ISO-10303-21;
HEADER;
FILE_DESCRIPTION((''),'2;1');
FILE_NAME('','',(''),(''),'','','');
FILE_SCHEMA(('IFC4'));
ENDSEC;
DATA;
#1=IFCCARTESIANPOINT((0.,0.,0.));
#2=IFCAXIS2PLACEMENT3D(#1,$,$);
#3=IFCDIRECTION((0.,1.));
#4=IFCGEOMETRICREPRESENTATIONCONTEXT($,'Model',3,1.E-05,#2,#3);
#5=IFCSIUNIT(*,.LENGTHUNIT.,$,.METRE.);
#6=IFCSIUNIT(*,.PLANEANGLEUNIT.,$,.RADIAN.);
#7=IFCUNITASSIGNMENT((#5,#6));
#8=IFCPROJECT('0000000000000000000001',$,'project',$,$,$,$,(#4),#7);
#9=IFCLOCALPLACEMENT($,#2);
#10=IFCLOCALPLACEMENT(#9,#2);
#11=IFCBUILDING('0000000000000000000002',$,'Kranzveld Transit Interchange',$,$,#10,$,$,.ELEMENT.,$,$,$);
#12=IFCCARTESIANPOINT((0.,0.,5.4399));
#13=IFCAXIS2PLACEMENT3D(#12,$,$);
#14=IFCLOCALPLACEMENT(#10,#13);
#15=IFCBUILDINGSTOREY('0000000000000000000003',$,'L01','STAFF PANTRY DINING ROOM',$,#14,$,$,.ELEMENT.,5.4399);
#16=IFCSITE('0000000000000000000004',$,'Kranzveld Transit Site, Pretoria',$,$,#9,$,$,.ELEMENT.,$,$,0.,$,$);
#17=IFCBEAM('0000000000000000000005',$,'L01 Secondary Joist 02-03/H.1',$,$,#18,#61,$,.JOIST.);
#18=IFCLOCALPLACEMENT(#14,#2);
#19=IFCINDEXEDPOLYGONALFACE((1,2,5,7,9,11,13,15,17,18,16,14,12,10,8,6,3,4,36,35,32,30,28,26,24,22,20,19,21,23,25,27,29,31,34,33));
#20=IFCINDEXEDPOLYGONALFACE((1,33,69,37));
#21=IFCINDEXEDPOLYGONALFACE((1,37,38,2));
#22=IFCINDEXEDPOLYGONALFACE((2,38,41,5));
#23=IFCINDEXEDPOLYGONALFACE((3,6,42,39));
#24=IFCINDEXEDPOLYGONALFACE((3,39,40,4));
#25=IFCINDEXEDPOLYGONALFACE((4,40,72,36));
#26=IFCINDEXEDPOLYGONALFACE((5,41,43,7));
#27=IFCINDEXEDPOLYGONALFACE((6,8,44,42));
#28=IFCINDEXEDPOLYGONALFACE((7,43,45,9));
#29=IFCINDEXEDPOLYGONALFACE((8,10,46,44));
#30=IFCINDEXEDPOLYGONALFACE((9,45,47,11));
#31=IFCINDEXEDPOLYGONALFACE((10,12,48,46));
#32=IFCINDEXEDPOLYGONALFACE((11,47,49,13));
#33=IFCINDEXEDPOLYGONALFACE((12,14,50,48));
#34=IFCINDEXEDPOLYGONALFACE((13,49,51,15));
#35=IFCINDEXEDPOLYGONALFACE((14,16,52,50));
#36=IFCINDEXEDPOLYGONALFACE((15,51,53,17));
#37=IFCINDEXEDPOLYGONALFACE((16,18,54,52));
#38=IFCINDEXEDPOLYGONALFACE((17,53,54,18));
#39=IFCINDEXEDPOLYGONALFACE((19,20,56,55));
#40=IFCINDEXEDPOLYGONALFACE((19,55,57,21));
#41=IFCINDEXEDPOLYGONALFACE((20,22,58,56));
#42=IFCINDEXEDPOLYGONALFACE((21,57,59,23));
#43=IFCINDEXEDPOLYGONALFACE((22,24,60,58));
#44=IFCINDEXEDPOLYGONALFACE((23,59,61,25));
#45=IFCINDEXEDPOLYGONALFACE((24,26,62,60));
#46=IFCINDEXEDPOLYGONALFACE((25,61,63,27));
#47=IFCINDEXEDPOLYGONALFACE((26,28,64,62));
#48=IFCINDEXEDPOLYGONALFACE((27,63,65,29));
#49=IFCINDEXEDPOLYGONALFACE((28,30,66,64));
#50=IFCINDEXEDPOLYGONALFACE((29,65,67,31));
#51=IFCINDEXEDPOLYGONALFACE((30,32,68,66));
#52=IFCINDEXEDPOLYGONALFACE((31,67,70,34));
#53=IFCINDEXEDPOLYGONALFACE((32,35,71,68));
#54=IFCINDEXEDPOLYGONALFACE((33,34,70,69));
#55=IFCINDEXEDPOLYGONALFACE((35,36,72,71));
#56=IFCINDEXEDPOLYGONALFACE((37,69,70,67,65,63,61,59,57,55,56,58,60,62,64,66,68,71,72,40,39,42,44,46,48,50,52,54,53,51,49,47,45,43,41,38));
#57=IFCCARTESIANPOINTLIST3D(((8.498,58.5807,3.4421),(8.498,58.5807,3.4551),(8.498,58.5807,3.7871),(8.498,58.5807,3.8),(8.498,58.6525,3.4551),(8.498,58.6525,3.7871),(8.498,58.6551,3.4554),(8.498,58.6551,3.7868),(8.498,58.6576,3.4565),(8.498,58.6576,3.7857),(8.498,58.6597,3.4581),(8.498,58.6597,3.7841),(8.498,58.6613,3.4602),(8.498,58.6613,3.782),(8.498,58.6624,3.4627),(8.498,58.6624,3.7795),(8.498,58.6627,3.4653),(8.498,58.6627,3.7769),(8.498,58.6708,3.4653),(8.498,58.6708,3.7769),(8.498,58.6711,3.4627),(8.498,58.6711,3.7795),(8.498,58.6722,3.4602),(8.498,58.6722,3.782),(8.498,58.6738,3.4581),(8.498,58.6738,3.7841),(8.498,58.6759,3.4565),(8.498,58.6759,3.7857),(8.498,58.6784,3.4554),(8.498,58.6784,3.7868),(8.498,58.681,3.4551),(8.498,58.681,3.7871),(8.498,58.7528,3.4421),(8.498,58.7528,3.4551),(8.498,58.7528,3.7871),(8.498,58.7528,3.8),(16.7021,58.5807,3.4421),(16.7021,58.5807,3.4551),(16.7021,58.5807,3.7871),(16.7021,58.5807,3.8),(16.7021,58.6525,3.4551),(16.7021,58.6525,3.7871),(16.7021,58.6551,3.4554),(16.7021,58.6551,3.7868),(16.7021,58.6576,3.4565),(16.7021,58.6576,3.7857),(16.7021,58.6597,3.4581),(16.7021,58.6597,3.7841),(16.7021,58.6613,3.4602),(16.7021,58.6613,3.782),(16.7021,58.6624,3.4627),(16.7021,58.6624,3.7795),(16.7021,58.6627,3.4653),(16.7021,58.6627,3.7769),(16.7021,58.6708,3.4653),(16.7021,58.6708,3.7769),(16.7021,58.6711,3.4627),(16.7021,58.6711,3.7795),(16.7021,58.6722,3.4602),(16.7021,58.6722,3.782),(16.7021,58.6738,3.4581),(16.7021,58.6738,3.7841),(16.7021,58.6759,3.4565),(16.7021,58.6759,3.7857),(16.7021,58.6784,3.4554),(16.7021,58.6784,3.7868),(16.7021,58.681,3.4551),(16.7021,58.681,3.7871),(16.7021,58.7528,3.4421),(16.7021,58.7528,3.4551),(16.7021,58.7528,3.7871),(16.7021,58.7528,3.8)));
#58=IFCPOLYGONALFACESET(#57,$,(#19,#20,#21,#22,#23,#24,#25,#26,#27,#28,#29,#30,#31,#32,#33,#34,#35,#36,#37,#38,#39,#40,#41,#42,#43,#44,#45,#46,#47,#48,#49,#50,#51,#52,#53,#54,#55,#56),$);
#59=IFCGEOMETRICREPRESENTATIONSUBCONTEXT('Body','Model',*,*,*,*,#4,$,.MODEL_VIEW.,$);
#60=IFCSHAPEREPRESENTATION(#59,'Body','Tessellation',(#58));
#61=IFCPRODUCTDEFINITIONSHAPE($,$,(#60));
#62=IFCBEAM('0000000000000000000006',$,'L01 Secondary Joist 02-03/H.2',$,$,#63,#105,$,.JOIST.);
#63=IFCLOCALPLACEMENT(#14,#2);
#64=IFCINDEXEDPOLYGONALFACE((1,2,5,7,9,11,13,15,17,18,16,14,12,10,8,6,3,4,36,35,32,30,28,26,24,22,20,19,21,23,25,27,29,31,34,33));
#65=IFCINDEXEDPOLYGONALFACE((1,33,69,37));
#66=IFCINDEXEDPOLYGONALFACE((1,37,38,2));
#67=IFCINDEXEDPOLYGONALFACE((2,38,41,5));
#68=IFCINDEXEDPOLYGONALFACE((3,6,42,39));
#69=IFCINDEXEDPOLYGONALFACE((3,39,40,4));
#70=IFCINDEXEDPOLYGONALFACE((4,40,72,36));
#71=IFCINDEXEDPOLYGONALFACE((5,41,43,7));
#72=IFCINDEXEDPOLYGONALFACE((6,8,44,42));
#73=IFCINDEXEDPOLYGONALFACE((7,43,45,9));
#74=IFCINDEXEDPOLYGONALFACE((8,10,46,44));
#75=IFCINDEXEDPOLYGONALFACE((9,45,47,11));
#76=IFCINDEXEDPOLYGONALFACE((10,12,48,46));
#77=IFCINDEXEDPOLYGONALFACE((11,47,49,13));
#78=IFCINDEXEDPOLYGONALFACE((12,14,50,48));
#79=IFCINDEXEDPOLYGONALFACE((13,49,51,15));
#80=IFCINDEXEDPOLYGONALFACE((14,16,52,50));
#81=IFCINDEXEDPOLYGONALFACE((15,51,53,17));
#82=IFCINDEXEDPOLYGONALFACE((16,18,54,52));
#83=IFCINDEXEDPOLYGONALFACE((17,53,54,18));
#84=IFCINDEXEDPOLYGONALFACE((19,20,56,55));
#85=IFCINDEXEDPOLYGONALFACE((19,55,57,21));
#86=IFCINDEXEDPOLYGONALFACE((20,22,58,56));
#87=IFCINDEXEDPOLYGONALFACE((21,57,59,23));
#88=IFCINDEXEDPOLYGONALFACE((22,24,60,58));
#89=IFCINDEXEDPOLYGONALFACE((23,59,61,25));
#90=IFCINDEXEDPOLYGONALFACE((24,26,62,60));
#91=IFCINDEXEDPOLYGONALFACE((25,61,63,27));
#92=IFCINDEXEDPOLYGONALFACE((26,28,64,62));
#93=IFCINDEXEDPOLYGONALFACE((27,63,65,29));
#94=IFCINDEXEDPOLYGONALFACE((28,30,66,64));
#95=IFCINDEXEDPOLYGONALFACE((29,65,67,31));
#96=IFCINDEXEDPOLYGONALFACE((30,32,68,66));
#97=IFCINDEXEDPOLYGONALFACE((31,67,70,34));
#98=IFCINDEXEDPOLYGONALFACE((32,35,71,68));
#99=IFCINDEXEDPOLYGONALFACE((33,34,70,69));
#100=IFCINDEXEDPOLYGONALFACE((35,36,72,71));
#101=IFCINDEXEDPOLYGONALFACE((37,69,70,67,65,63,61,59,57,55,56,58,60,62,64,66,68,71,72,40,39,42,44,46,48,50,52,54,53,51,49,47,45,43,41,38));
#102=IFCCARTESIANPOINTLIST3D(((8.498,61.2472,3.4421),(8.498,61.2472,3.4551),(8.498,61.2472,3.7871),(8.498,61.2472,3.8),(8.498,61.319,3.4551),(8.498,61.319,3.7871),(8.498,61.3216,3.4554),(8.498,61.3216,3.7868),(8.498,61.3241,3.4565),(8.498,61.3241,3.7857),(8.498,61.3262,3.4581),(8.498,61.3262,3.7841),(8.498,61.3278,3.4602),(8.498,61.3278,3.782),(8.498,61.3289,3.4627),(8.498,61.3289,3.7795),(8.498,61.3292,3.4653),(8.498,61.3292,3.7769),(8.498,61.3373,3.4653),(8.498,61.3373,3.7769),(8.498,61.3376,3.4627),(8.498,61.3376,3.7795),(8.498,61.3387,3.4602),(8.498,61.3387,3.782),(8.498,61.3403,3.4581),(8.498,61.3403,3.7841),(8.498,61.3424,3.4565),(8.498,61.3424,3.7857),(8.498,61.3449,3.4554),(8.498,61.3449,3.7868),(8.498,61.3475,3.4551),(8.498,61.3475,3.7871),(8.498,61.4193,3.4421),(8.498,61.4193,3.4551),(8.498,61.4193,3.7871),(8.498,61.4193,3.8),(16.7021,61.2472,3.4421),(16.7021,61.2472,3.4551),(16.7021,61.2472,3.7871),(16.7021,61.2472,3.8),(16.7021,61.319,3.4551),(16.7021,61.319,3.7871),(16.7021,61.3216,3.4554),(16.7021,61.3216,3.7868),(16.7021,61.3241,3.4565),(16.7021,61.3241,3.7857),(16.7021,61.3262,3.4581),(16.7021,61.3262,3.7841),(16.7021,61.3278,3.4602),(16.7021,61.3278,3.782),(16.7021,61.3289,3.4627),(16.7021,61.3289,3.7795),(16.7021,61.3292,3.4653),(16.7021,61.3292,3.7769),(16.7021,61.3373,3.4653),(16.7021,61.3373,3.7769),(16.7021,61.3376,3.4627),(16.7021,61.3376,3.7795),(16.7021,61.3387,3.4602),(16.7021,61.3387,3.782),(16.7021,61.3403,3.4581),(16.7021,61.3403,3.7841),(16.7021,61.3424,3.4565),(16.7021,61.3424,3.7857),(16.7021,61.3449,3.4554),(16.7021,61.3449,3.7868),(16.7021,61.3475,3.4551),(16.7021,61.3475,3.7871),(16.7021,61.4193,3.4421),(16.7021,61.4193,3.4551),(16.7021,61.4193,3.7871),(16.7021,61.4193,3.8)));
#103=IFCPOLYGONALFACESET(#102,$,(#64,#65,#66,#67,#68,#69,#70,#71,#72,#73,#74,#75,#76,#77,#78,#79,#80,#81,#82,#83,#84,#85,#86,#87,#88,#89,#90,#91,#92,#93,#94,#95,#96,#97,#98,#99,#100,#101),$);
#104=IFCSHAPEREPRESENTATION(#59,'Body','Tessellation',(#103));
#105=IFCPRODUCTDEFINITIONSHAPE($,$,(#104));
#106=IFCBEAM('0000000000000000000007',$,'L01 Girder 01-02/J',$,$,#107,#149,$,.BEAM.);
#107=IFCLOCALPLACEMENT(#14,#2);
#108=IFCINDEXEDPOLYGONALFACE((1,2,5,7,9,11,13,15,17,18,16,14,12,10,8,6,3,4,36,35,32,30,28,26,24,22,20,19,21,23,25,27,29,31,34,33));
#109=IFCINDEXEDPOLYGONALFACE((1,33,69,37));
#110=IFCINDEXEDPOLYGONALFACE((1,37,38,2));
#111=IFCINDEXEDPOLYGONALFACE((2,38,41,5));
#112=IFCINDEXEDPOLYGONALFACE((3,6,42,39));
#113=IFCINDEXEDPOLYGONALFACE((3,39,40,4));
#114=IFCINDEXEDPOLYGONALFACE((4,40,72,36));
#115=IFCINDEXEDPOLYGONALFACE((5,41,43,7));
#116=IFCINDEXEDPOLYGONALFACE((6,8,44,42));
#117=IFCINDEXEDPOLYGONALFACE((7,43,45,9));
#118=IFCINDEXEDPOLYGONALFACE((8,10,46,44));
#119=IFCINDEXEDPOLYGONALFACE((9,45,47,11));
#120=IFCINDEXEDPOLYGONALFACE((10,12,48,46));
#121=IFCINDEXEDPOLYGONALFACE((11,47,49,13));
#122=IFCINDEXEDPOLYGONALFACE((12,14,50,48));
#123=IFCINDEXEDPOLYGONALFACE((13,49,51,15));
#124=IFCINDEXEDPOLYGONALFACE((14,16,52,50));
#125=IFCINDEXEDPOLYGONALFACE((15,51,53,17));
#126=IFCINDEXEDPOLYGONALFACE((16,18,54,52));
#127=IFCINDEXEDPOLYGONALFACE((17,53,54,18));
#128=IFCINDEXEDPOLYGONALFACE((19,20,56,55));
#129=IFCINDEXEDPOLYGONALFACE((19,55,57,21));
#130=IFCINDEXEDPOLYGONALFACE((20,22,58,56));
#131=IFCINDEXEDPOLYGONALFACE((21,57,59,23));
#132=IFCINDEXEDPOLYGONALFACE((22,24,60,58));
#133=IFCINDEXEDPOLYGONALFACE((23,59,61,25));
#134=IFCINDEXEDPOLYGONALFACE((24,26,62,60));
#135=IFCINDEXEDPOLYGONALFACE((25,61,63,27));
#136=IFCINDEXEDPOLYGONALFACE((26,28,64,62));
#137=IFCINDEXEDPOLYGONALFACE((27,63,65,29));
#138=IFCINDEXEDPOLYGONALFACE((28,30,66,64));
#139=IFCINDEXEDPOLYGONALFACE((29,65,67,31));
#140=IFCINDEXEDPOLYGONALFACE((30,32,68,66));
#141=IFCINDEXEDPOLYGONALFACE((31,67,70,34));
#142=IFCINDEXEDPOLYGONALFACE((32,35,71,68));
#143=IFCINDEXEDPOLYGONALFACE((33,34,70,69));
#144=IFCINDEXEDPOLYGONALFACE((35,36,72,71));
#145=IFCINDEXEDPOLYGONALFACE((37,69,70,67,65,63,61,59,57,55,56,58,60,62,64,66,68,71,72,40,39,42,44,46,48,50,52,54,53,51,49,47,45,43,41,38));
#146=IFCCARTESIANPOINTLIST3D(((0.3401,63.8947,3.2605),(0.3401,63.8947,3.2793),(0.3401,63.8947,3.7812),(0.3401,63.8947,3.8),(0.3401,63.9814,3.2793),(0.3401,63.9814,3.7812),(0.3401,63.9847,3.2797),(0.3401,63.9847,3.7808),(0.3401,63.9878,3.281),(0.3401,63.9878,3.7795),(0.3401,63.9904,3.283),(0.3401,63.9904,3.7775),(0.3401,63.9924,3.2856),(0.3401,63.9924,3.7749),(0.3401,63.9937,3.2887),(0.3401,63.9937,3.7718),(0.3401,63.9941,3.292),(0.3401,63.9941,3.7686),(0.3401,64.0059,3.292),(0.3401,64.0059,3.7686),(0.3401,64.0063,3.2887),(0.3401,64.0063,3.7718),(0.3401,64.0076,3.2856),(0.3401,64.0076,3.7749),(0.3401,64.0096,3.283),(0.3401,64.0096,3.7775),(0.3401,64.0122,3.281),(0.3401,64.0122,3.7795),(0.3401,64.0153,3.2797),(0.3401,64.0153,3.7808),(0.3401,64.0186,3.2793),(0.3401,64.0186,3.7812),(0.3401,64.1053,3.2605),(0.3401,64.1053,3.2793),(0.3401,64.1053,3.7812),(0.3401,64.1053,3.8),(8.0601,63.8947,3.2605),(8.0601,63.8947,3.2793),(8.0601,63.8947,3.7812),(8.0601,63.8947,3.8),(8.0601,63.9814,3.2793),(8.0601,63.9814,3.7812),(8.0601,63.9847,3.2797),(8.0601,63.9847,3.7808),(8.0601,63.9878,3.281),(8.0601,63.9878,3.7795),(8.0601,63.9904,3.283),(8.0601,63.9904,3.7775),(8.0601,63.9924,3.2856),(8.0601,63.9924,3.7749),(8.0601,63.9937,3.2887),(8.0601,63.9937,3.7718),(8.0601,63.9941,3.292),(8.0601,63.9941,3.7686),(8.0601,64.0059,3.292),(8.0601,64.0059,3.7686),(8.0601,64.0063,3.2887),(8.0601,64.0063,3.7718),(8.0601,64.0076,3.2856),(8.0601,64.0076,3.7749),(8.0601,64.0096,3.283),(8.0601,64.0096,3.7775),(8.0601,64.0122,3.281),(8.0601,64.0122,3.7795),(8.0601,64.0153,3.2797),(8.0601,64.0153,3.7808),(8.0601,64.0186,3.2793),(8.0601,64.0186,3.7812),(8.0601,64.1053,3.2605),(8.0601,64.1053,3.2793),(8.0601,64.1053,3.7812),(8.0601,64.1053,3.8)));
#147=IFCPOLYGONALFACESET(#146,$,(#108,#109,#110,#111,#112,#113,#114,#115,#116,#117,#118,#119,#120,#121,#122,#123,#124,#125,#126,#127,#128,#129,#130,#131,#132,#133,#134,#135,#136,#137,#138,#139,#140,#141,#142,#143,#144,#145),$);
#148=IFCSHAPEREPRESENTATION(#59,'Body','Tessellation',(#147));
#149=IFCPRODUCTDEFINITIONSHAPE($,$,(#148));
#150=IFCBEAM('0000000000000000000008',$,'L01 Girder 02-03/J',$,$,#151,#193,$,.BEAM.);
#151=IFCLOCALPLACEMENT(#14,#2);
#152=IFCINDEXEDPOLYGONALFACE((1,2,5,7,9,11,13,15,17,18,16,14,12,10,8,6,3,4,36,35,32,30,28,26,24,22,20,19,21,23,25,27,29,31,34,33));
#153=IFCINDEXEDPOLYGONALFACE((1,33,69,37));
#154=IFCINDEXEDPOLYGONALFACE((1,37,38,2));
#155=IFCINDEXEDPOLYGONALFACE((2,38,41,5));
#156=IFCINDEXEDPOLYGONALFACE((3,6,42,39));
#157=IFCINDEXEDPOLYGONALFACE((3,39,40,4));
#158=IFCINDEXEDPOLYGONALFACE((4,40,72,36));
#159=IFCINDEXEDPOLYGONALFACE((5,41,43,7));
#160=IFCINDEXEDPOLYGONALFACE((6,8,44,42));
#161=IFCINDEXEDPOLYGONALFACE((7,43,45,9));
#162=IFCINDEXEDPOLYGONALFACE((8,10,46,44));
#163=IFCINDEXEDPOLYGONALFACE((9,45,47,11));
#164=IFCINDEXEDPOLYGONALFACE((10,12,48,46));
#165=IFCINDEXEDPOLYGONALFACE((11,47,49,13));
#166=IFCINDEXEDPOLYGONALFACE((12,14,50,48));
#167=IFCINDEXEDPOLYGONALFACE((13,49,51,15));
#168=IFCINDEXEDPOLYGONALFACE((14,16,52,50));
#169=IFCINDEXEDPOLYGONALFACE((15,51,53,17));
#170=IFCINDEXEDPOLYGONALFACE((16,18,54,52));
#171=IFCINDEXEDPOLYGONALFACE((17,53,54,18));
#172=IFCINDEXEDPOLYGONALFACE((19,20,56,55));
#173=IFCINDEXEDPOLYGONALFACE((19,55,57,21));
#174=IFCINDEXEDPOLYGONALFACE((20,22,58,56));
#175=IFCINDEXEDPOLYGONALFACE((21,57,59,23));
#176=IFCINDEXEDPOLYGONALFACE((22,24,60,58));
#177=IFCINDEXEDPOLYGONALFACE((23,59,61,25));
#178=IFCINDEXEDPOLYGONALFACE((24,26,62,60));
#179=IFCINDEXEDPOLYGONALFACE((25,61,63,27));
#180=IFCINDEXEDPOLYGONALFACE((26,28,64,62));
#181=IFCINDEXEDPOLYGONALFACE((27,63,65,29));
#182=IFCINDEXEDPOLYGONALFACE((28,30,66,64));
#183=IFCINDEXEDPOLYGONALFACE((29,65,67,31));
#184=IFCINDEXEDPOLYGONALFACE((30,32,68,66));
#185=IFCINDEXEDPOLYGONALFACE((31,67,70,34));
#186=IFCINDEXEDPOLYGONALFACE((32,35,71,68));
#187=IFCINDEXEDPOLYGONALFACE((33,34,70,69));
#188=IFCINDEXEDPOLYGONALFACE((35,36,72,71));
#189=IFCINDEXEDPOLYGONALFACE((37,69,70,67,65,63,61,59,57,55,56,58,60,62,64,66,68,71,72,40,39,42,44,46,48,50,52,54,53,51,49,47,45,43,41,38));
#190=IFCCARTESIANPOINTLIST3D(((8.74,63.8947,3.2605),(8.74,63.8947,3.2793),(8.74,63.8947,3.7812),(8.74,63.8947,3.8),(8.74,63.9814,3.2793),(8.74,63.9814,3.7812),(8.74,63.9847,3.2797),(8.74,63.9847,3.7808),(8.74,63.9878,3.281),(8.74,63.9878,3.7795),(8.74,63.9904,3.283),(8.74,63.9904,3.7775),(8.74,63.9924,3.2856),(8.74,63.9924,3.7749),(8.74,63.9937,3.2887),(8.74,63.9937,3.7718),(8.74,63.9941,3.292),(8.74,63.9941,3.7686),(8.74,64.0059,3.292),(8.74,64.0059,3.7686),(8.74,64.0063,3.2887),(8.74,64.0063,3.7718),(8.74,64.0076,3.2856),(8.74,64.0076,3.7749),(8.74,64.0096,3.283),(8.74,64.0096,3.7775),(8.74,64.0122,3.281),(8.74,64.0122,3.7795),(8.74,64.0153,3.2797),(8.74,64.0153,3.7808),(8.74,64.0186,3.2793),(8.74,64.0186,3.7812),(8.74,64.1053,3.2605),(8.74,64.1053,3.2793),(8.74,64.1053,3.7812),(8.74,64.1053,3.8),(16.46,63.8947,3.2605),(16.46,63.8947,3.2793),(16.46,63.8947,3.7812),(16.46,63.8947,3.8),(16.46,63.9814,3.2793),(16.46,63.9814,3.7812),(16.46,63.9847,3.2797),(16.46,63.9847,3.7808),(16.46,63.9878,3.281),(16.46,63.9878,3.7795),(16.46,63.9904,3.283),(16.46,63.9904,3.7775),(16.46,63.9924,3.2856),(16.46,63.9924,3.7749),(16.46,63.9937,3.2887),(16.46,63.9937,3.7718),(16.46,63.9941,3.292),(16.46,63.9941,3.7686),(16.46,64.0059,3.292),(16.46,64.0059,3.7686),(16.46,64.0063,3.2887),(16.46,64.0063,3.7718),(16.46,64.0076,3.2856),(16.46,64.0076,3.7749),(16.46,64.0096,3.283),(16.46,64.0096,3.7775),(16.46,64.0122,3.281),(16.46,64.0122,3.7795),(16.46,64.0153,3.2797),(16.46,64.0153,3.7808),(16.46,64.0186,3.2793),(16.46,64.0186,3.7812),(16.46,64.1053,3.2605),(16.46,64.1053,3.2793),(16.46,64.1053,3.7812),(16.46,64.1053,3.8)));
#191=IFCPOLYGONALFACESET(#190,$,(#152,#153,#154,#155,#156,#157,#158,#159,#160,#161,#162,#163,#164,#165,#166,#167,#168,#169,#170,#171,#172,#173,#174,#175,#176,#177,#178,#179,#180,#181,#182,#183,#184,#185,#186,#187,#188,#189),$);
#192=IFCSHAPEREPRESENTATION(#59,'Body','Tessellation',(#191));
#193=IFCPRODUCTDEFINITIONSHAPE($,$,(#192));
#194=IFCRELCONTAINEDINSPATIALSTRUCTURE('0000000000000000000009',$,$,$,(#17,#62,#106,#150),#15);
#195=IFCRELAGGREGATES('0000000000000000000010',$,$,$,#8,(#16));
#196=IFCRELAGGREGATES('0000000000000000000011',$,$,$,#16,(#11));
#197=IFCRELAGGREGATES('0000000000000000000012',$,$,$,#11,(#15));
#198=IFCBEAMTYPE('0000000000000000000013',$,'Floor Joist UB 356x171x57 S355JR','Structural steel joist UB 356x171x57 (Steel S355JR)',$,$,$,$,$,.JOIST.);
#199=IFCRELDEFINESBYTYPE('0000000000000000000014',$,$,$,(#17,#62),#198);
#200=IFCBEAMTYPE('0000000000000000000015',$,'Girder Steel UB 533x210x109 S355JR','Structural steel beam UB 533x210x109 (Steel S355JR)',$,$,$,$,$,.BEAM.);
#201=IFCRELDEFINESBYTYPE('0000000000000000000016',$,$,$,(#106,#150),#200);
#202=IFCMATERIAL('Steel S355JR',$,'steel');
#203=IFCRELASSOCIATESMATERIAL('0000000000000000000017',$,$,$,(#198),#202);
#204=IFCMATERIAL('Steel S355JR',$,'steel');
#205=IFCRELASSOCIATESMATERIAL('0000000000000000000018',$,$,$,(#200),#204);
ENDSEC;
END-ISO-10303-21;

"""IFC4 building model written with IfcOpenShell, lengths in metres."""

from ifc_helpers import new_model, si_unit, direction, frame, origin, origin_2d, place, context, subcontext, project, spatial, i_section, extrude, material, material_profile, profile_set, type_object, element, save


model = new_model("IFC4")

# Units and contexts
model_context = context("Model", 3, precision=1e-05, world=origin(), true_north=direction((0.0, 1.0)))
body_context = subcontext(model_context, "Body", "Model", "MODEL_VIEW")
ifc_project = project(units=[si_unit("LENGTHUNIT", "METRE"), si_unit("PLANEANGLEUNIT", "RADIAN")], contexts=[model_context])

# Site, building, storey
site_placement = place(None, origin())
site = spatial("IfcSite", under=ifc_project, at=site_placement, Name="Kranzveld Transit Site, Pretoria", CompositionType="ELEMENT", RefElevation=0.0)
building_placement = place(site_placement, origin())
building = spatial("IfcBuilding", under=site, at=building_placement, Name="Kranzveld Transit Interchange", CompositionType="ELEMENT")
storey_placement = place(building_placement, frame((0.0, 0.0, 5.4399)))
storey = spatial("IfcBuildingStorey", under=building, at=storey_placement, Name="L01", Description="STAFF PANTRY DINING ROOM", CompositionType="ELEMENT", Elevation=5.4399)

# Beams
ifc_material_1 = material(Name="Steel S355JR", Category="steel")
ifc_material_profile_1 = material_profile(ifc_material_1, i_section(OverallWidth=0.1721, OverallDepth=0.3579, WebThickness=0.0081, FlangeThickness=0.0129, FilletRadius=0.0103, at=origin_2d()), Name="UB 356x171x57")
ifc_profile_set_1 = profile_set([ifc_material_profile_1], Name="Steel S355JR")
beam_type_1 = type_object("IfcBeamType", Name="Floor Joist UB 356x171x57 S355JR", Description="Structural steel joist UB 356x171x57 (Steel S355JR)", PredefinedType="JOIST", material=ifc_profile_set_1)
for number, where, z_axis, x_axis, name in (
    (1, (8.498, 58.6667, 3.6211), (1.0, 0.0, 0.0), (0.0, 1.0, 0.0), "L01 Secondary Joist 02-03/H.1"),
    (2, (8.498, 61.3333, 3.6211), (1.0, 0.0, 0.0), (0.0, 1.0, 0.0), "L01 Secondary Joist 02-03/H.2"),
):
    element("IfcBeam", number, at=place(storey_placement, frame(where, z_axis=z_axis, x_axis=x_axis)), inside=storey, type_object=beam_type_1, Name=name, PredefinedType="JOIST", context=body_context, shape_type="SweptSolid", body=[
        extrude(i_section(OverallWidth=0.1721, OverallDepth=0.3579, WebThickness=0.0081, FlangeThickness=0.0129, FilletRadius=0.0103, at=origin_2d()), origin(), (0.0, 0.0, 1.0), 8.2041),
    ])
ifc_material_2 = material(Name="Steel S355JR", Category="steel")
ifc_material_profile_2 = material_profile(ifc_material_2, i_section(OverallWidth=0.2107, OverallDepth=0.5396, WebThickness=0.0117, FlangeThickness=0.0188, FilletRadius=0.0127, at=origin_2d()), Name="UB 533x210x109")
ifc_profile_set_2 = profile_set([ifc_material_profile_2], Name="Steel S355JR")
beam_type_2 = type_object("IfcBeamType", Name="Girder Steel UB 533x210x109 S355JR", Description="Structural steel beam UB 533x210x109 (Steel S355JR)", PredefinedType="BEAM", material=ifc_profile_set_2)
for number, where, z_axis, x_axis, name in (
    (3, (0.3401, 64.0, 3.5303), (1.0, 0.0, 0.0), (0.0, 1.0, 0.0), "L01 Girder 01-02/J"),
    (4, (8.74, 64.0, 3.5303), (1.0, 0.0, 0.0), (0.0, 1.0, 0.0), "L01 Girder 02-03/J"),
):
    element("IfcBeam", number, at=place(storey_placement, frame(where, z_axis=z_axis, x_axis=x_axis)), inside=storey, type_object=beam_type_2, Name=name, PredefinedType="BEAM", context=body_context, shape_type="SweptSolid", body=[
        extrude(i_section(OverallWidth=0.2107, OverallDepth=0.5396, WebThickness=0.0117, FlangeThickness=0.0188, FilletRadius=0.0127, at=origin_2d()), origin(), (0.0, 0.0, 1.0), 7.72),
    ])

save(model, "model.ifc")
